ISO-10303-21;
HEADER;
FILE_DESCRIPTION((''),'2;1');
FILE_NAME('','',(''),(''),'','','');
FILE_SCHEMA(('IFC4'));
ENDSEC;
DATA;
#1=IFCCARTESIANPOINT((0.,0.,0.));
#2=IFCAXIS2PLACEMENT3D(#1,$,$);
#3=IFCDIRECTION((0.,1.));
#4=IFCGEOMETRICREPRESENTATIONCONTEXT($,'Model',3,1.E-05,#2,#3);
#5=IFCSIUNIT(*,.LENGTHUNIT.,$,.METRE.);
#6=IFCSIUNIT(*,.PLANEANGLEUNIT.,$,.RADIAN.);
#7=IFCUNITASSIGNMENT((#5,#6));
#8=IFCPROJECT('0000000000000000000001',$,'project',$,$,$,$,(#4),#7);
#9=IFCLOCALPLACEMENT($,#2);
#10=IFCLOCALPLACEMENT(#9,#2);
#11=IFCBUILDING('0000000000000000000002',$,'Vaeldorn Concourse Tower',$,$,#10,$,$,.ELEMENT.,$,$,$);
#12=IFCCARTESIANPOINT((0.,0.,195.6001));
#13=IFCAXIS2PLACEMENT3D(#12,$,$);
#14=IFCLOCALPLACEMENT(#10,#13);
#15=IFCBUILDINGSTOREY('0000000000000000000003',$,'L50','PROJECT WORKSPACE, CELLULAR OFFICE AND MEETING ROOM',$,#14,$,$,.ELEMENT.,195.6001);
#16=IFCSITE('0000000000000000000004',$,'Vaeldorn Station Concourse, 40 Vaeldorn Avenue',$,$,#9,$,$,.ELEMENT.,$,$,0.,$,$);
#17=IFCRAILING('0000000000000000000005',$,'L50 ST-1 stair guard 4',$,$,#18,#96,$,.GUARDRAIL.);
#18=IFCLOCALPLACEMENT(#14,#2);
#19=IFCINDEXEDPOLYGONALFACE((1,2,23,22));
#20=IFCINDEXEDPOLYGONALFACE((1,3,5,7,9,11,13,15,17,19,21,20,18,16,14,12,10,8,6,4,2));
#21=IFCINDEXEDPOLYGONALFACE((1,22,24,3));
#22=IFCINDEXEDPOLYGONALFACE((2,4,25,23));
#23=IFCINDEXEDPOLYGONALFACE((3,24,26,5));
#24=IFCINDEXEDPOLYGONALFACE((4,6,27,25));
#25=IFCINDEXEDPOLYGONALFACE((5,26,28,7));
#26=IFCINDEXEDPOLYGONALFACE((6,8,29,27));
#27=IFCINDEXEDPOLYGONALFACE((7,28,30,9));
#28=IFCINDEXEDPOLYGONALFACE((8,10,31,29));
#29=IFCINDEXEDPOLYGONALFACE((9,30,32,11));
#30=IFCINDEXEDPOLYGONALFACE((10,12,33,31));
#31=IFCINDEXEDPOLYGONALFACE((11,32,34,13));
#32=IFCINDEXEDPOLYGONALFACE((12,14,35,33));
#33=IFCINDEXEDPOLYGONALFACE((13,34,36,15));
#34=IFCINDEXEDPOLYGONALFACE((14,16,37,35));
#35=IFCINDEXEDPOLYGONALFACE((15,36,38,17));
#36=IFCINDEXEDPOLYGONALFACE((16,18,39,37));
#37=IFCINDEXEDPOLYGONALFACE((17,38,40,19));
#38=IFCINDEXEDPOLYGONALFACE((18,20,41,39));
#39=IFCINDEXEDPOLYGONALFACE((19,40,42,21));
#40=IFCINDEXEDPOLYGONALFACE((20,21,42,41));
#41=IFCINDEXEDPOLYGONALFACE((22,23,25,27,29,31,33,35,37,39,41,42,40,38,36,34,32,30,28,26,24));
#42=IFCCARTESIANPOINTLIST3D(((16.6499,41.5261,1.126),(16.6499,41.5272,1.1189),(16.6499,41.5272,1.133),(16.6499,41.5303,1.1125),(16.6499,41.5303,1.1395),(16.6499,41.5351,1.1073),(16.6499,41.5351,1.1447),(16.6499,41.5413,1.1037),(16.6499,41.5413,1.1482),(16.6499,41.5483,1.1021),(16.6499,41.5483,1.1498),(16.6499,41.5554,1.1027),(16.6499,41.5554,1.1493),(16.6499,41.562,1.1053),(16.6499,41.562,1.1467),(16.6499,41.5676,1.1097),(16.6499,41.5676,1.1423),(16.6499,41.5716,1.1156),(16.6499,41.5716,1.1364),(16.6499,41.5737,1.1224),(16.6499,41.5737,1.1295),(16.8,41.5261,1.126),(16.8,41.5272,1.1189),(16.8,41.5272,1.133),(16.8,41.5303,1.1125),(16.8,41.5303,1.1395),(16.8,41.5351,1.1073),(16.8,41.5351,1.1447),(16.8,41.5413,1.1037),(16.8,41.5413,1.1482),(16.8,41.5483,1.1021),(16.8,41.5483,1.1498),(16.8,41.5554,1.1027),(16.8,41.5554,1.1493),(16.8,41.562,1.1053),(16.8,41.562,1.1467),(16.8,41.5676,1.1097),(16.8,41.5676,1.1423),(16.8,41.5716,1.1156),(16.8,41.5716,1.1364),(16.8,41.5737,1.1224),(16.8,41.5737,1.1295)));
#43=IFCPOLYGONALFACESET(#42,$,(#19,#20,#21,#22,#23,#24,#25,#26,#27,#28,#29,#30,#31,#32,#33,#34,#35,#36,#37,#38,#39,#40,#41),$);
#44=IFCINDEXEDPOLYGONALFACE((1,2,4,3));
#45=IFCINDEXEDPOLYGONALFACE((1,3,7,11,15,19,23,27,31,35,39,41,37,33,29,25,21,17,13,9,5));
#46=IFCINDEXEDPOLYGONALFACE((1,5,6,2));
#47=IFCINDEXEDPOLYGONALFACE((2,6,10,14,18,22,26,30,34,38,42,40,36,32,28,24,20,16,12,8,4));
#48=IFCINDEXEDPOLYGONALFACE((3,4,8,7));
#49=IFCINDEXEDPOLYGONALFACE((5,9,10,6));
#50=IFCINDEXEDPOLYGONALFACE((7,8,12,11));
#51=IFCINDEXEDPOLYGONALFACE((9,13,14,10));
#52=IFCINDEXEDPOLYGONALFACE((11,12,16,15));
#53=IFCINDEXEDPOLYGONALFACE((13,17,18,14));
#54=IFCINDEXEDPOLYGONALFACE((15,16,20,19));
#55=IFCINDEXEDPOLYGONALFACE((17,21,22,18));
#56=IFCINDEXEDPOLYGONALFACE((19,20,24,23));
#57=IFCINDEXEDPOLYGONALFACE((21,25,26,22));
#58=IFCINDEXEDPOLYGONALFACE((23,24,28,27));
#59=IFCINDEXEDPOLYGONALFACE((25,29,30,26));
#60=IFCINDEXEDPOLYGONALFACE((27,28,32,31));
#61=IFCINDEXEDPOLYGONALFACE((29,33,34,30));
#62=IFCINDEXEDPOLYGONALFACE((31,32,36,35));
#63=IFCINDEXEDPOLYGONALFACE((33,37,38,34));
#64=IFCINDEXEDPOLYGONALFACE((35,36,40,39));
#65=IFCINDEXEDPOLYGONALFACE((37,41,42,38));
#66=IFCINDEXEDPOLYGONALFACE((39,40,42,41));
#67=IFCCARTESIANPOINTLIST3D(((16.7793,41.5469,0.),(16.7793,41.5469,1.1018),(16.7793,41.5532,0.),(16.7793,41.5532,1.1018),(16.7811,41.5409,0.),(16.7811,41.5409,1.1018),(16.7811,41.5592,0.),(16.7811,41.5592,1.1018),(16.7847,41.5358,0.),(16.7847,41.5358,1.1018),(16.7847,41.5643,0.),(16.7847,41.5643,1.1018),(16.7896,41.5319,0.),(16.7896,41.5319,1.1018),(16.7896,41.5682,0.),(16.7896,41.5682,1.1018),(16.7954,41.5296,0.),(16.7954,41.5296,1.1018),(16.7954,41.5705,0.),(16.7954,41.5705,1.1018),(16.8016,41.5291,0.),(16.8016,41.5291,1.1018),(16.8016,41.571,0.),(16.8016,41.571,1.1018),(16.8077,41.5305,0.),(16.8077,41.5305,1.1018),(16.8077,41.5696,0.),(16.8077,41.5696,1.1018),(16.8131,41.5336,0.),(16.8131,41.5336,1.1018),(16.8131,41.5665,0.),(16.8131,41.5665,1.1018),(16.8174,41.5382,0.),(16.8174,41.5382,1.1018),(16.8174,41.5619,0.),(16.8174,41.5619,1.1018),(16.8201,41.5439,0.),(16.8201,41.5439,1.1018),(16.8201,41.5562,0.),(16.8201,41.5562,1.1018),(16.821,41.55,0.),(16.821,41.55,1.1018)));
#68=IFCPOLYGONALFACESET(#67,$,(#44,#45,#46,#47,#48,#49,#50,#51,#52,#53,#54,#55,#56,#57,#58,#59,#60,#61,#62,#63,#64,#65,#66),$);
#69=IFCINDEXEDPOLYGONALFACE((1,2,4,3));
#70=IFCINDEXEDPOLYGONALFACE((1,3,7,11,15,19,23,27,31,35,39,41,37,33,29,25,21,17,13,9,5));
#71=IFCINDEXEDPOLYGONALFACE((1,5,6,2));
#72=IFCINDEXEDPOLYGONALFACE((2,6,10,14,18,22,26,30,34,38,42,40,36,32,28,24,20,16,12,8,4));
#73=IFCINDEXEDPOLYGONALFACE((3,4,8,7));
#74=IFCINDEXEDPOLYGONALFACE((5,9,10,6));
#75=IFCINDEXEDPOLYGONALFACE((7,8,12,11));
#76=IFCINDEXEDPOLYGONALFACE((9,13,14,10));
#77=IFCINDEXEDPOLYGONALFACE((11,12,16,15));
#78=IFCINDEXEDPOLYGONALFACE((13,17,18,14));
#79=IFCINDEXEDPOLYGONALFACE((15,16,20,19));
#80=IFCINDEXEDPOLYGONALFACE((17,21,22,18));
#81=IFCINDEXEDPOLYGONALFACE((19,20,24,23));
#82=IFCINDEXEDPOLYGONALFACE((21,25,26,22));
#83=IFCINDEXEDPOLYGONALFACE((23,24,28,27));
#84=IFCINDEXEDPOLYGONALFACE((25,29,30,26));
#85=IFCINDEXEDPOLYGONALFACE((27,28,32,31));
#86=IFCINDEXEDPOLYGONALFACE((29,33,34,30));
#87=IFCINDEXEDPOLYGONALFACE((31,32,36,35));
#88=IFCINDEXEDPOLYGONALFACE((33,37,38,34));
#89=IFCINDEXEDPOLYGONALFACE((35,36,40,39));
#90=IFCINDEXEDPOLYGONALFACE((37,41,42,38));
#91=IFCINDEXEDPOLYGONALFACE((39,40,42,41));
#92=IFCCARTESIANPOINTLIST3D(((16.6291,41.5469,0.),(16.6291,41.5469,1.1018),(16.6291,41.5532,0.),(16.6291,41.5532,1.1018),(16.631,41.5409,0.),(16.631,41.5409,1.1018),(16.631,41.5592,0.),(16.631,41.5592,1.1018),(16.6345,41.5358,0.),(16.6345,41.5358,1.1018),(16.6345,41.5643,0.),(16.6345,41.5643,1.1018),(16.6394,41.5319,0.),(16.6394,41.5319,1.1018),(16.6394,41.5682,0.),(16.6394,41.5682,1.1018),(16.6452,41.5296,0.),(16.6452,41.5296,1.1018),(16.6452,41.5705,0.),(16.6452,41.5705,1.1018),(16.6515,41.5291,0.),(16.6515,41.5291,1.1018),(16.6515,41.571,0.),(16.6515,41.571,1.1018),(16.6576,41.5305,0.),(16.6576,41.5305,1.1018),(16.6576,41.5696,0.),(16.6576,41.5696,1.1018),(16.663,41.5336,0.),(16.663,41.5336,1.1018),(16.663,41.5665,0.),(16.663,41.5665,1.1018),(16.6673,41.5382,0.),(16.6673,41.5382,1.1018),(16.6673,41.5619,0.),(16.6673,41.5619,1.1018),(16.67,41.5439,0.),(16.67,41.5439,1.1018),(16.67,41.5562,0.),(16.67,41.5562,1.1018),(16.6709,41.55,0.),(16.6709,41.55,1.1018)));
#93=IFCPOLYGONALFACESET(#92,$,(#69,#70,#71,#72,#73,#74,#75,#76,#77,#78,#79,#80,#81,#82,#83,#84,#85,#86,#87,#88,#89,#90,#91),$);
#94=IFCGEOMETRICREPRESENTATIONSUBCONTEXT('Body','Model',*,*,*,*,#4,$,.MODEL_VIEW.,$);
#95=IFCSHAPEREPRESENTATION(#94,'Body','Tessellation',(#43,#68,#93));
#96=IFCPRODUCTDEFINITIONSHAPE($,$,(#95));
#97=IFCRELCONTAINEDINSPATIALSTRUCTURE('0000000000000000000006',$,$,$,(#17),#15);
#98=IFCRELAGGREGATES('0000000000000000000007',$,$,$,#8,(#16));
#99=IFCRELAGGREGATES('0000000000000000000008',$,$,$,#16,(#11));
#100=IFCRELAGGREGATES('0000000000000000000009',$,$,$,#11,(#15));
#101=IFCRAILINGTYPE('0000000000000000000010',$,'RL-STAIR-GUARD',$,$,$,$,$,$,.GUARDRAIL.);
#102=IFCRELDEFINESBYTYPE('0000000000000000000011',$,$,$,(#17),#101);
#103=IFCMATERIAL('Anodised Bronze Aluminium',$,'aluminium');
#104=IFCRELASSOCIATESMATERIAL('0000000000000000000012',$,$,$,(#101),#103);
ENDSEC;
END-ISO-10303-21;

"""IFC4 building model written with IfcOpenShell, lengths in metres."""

from ifc_helpers import new_model, si_unit, direction, frame, origin, origin_2d, place, context, subcontext, project, spatial, circle, extrude, material, type_object, element, save


model = new_model("IFC4")

# Units and contexts
model_context = context("Model", 3, precision=1e-05, world=origin(), true_north=direction((0.0, 1.0)))
body_context = subcontext(model_context, "Body", "Model", "MODEL_VIEW")
ifc_project = project(units=[si_unit("LENGTHUNIT", "METRE"), si_unit("PLANEANGLEUNIT", "RADIAN")], contexts=[model_context])

# Site, building, storey
site_placement = place(None, origin())
site = spatial("IfcSite", under=ifc_project, at=site_placement, Name="Vaeldorn Station Concourse, 40 Vaeldorn Avenue", CompositionType="ELEMENT", RefElevation=0.0)
building_placement = place(site_placement, origin())
building = spatial("IfcBuilding", under=site, at=building_placement, Name="Vaeldorn Concourse Tower", CompositionType="ELEMENT")
storey_placement = place(building_placement, frame((0.0, 0.0, 195.6001)))
storey = spatial("IfcBuildingStorey", under=building, at=storey_placement, Name="L50", Description="PROJECT WORKSPACE, CELLULAR OFFICE AND MEETING ROOM", CompositionType="ELEMENT", Elevation=195.6001)

# Shared definitions
ifc_material_1 = material(Name="Anodised Bronze Aluminium", Category="aluminium")

# Railing
railing_type_1 = type_object("IfcRailingType", Name="RL-STAIR-GUARD", PredefinedType="GUARDRAIL", material=ifc_material_1)
railing_1_placement = place(storey_placement, frame((16.8, 41.55, 0.0)))
element("IfcRailing", 1, at=railing_1_placement, inside=storey, type_object=railing_type_1, Name="L50 ST-1 stair guard 4", PredefinedType="GUARDRAIL", context=body_context, shape_type="SweptSolid", body=[
    extrude(circle(Radius=0.0239, at=origin_2d()), frame((0.0, 0.0, 1.126), z_axis=(-1.0, 0.0, 0.0), x_axis=(0.0, -1.0, 0.0)), (0.0, 0.0, 1.0), 0.1501),
    extrude(circle(Radius=0.021, at=origin_2d()), origin(), (0.0, 0.0, 1.0), 1.1018),
    extrude(circle(Radius=0.021, at=origin_2d()), frame((-0.1501, 0.0, 0.0)), (0.0, 0.0, 1.0), 1.1018),
])

save(model, "model.ifc")
